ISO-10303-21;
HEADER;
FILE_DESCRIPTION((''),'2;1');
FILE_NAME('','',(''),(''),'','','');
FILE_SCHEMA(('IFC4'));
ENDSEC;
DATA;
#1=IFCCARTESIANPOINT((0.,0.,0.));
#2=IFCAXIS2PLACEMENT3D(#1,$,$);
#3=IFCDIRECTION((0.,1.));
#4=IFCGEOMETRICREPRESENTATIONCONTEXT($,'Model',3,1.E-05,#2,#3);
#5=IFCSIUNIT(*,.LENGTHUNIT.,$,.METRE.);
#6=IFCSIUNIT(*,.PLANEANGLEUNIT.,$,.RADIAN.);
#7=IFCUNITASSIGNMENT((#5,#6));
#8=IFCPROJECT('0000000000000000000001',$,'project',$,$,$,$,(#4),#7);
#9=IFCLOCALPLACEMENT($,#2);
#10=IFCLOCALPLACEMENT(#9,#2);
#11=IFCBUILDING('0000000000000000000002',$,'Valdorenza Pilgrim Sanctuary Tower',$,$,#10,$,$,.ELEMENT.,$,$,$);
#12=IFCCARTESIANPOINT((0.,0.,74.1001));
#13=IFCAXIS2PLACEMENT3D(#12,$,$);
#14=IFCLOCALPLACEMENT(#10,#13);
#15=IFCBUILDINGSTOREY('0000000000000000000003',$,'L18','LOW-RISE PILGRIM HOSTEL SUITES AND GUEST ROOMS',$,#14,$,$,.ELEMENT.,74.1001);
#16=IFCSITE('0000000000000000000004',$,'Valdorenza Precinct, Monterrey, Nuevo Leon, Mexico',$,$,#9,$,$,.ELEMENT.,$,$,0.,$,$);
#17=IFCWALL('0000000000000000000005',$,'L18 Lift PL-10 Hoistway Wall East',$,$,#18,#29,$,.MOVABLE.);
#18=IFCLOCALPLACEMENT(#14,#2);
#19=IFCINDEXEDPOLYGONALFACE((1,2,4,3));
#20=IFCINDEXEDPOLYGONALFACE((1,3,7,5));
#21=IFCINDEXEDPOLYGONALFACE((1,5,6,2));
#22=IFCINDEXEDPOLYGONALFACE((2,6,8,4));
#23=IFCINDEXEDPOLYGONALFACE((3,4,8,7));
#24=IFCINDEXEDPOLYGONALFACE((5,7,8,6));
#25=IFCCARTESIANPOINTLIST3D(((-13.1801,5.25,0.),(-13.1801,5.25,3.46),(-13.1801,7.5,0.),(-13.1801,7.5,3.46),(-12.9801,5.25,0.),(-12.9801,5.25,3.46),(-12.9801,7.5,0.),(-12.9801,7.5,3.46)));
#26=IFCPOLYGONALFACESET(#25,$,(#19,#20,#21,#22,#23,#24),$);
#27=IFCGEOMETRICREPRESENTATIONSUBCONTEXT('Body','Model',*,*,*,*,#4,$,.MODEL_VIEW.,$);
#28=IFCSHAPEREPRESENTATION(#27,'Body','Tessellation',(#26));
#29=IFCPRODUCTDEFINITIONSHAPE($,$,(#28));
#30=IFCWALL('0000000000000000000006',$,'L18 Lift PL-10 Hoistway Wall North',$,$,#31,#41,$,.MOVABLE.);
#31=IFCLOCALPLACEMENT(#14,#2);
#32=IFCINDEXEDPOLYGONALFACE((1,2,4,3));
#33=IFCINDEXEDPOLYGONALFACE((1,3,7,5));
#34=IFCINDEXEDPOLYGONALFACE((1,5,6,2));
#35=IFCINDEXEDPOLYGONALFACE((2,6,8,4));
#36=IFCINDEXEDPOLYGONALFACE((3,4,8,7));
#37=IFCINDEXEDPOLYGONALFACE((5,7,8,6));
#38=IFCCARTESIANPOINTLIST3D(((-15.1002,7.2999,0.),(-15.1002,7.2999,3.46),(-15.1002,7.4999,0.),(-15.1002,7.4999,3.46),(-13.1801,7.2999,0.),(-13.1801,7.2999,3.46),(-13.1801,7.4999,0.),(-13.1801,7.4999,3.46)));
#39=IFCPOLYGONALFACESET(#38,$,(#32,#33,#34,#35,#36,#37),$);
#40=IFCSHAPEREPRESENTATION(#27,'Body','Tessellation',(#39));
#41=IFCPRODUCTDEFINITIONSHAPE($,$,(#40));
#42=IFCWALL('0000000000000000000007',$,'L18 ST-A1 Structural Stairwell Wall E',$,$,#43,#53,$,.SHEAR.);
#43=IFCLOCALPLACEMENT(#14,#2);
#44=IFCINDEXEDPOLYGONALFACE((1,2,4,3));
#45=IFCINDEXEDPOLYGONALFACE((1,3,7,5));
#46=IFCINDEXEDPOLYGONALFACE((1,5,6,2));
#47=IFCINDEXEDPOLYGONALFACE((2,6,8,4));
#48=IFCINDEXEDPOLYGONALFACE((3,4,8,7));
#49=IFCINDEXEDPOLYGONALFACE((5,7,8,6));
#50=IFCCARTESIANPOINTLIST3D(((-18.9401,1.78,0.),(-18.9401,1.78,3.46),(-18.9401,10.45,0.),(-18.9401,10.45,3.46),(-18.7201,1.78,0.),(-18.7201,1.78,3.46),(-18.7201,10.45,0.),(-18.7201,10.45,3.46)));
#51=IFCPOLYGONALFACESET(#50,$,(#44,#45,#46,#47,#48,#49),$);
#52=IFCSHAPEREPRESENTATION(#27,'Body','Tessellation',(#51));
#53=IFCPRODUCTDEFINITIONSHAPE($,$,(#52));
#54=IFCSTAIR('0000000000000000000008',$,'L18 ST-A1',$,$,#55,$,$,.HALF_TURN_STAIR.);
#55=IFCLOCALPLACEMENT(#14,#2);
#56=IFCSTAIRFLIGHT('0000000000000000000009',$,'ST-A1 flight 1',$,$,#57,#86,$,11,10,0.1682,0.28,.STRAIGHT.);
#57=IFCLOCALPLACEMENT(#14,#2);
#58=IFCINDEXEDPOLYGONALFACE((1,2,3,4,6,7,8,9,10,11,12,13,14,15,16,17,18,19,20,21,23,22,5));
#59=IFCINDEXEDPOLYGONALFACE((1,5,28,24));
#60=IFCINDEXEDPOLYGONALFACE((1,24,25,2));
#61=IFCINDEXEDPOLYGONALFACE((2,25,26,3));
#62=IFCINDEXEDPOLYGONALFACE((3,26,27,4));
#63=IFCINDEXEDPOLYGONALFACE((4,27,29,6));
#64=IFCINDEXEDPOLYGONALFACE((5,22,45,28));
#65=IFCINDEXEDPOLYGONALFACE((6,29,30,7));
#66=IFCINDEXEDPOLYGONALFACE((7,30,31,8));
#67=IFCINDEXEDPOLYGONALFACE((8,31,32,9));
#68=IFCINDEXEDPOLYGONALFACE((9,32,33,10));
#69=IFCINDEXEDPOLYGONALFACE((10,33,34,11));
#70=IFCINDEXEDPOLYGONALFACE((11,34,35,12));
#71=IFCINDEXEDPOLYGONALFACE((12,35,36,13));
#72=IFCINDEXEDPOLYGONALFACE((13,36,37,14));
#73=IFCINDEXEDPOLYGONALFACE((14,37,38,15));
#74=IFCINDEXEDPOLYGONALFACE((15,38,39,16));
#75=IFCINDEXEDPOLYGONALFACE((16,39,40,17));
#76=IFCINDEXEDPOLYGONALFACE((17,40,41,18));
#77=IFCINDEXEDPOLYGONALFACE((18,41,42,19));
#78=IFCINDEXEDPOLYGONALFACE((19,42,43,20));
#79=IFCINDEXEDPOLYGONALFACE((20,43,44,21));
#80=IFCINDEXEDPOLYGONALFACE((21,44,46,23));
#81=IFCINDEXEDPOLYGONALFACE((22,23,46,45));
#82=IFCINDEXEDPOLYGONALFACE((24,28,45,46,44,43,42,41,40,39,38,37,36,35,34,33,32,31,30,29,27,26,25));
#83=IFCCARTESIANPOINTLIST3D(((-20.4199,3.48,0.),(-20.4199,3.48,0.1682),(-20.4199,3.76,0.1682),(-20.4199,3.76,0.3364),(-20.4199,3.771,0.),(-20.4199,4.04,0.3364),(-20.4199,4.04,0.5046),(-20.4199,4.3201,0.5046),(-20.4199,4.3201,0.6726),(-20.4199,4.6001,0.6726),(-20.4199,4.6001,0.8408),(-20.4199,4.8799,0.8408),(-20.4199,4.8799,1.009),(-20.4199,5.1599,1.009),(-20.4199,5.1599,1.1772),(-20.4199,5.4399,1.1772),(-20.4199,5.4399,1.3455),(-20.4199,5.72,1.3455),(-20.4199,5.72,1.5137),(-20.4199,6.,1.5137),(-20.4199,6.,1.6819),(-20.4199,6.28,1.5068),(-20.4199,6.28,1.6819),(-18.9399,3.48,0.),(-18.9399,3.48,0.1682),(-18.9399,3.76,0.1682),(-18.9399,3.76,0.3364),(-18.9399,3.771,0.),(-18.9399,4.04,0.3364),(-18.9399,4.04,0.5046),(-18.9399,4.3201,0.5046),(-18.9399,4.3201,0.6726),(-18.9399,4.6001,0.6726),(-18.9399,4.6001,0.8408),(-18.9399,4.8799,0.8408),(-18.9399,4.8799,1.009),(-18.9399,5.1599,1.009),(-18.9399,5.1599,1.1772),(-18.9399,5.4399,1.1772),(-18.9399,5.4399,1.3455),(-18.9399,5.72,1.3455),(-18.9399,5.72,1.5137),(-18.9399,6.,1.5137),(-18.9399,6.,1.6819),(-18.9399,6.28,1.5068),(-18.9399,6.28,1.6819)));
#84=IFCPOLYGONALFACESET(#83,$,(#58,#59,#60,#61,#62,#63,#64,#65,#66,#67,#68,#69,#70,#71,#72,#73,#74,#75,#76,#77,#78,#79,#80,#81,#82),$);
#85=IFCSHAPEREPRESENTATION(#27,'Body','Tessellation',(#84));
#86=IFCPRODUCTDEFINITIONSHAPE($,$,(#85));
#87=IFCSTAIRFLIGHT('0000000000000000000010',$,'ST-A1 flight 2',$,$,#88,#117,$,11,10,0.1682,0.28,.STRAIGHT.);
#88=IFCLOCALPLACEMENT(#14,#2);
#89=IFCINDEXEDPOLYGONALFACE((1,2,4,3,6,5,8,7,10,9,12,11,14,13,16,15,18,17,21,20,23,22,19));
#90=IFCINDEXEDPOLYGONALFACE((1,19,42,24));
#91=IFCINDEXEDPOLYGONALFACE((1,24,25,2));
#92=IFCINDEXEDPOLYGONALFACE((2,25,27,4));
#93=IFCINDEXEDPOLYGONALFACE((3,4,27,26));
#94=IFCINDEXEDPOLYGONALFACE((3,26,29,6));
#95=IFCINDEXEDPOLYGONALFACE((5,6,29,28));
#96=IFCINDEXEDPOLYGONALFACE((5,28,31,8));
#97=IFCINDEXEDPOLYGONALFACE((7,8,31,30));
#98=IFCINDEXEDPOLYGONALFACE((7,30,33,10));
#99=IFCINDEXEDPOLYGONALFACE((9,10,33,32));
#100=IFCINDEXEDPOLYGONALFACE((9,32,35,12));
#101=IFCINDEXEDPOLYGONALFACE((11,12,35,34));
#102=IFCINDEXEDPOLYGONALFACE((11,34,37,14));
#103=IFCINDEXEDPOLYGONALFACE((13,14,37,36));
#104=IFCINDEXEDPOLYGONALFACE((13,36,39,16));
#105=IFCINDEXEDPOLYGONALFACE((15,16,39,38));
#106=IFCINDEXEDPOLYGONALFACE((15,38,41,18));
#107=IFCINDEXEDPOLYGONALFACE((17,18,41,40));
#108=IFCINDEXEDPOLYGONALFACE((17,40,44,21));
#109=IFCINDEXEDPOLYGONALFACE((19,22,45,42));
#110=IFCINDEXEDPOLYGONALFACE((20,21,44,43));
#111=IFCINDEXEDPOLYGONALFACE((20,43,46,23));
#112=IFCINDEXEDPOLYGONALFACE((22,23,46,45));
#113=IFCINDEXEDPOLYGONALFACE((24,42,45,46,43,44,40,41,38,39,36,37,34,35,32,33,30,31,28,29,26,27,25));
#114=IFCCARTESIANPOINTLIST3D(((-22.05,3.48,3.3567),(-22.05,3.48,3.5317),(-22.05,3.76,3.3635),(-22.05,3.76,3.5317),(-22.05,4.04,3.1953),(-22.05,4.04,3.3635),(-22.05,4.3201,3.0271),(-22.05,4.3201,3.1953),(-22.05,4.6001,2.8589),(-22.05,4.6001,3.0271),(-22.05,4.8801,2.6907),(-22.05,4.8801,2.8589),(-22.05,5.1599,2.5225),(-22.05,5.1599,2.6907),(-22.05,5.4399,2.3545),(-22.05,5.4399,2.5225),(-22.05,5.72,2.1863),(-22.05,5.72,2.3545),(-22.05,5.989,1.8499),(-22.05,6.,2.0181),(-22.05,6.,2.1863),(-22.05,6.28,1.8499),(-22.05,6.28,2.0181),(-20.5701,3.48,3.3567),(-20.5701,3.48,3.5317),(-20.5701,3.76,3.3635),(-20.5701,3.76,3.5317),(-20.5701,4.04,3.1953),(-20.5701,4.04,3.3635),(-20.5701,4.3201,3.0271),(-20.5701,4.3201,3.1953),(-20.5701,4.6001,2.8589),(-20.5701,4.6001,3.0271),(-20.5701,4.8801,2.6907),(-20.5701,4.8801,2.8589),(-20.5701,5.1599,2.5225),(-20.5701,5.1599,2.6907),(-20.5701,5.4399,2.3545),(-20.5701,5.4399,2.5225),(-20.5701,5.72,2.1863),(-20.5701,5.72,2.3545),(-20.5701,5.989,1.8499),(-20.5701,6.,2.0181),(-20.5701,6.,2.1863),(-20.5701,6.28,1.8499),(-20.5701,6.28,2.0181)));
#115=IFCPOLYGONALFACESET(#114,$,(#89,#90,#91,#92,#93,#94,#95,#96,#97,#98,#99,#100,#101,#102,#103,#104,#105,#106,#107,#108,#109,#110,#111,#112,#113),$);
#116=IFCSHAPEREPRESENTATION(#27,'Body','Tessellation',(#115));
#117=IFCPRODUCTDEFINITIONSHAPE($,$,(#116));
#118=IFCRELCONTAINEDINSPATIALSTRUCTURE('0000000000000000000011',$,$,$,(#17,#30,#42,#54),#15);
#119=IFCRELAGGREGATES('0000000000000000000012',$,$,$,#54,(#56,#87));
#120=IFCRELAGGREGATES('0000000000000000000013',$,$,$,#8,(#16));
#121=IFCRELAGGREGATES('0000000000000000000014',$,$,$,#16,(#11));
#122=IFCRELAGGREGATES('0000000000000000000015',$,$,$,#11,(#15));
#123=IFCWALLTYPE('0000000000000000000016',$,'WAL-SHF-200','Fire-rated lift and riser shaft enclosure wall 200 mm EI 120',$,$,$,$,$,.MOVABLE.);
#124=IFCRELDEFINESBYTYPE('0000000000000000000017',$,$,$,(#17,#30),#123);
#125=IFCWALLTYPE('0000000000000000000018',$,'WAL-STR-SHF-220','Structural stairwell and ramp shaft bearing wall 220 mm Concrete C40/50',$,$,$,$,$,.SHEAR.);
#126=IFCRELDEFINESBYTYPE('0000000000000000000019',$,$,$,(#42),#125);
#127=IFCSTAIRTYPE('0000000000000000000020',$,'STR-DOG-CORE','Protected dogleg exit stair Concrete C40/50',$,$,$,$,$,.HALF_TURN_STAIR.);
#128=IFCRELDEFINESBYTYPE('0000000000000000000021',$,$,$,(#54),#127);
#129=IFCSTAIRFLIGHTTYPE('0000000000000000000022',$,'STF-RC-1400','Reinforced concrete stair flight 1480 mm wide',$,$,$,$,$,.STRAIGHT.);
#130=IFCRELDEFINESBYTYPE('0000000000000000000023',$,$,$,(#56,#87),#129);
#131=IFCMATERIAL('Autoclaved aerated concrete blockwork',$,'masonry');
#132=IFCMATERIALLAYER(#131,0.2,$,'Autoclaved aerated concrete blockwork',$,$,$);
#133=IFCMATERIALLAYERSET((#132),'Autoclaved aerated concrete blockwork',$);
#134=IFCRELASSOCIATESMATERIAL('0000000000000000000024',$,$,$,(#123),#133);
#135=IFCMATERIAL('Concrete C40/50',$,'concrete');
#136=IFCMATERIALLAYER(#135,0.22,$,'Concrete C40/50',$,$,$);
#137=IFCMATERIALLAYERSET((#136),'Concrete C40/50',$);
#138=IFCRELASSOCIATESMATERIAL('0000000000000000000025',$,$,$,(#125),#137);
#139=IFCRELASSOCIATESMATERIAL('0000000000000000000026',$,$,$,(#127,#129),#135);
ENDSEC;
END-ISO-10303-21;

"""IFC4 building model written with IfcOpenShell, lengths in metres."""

from ifc_helpers import new_model, si_unit, direction, frame, frame_2d, origin, place, context, subcontext, project, spatial, polyline, rectangle, outline, extrude, material, layer, layer_set, type_object, element, aggregate, save


model = new_model("IFC4")

# Units and contexts
model_context = context("Model", 3, precision=1e-05, world=origin(), true_north=direction((0.0, 1.0)))
body_context = subcontext(model_context, "Body", "Model", "MODEL_VIEW")
ifc_project = project(units=[si_unit("LENGTHUNIT", "METRE"), si_unit("PLANEANGLEUNIT", "RADIAN")], contexts=[model_context])

# Site, building, storey
site_placement = place(None, origin())
site = spatial("IfcSite", under=ifc_project, at=site_placement, Name="Valdorenza Precinct, Monterrey, Nuevo Leon, Mexico", CompositionType="ELEMENT", RefElevation=0.0)
building_placement = place(site_placement, origin())
building = spatial("IfcBuilding", under=site, at=building_placement, Name="Valdorenza Pilgrim Sanctuary Tower", CompositionType="ELEMENT")
storey_placement = place(building_placement, frame((0.0, 0.0, 74.1001)))
storey = spatial("IfcBuildingStorey", under=building, at=storey_placement, Name="L18", Description="LOW-RISE PILGRIM HOSTEL SUITES AND GUEST ROOMS", CompositionType="ELEMENT", Elevation=74.1001)

# Shared definitions
ifc_material_1 = material(Name="Autoclaved aerated concrete blockwork", Category="masonry")
ifc_layer_1 = layer(ifc_material_1, 0.2, Name="Autoclaved aerated concrete blockwork")
ifc_layer_set_1 = layer_set([ifc_layer_1], Name="Autoclaved aerated concrete blockwork")
wall_type_1 = type_object("IfcWallType", Name="WAL-SHF-200", Description="Fire-rated lift and riser shaft enclosure wall 200 mm EI 120", PredefinedType="MOVABLE", material=ifc_layer_set_1)

# Walls
for number, where, z_axis, x_axis, name in (
    (1, (-13.0801, 5.25, 0.0), (0.0, 0.0, 1.0), (0.0, 1.0, 0.0), "L18 Lift PL-10 Hoistway Wall East"),
):
    element("IfcWall", number, at=place(storey_placement, frame(where, z_axis=z_axis, x_axis=x_axis)), inside=storey, type_object=wall_type_1, Name=name, PredefinedType="MOVABLE", context=body_context, shape_type="SweptSolid", body=[
        extrude(rectangle(XDim=2.25, YDim=0.2, at=frame_2d((1.125, 0.0))), origin(), (0.0, 0.0, 1.0), 3.46),
    ])
wall_1_placement = place(storey_placement, frame((-15.1001, 7.3999, 0.0), z_axis=(0.0, 0.0, 1.0), x_axis=(1.0, 0.0, 0.0)))
element("IfcWall", 2, at=wall_1_placement, inside=storey, type_object=wall_type_1, Name="L18 Lift PL-10 Hoistway Wall North", PredefinedType="MOVABLE", context=body_context, shape_type="SweptSolid", body=[
    extrude(rectangle(XDim=1.9202, YDim=0.2, at=frame_2d((0.96, 0.0))), origin(), (0.0, 0.0, 1.0), 3.46),
])
ifc_material_2 = material(Name="Concrete C40/50", Category="concrete")
ifc_layer_2 = layer(ifc_material_2, 0.22, Name="Concrete C40/50")
ifc_layer_set_2 = layer_set([ifc_layer_2], Name="Concrete C40/50")
wall_type_2 = type_object("IfcWallType", Name="WAL-STR-SHF-220", Description="Structural stairwell and ramp shaft bearing wall 220 mm Concrete C40/50", PredefinedType="SHEAR", material=ifc_layer_set_2)
wall_2_placement = place(storey_placement, frame((-18.8301, 1.78, 0.0), z_axis=(0.0, 0.0, 1.0), x_axis=(0.0, 1.0, 0.0)))
element("IfcWall", 3, at=wall_2_placement, inside=storey, type_object=wall_type_2, Name="L18 ST-A1 Structural Stairwell Wall E", PredefinedType="SHEAR", context=body_context, shape_type="SweptSolid", body=[
    extrude(rectangle(XDim=8.6699, YDim=0.22, at=frame_2d((4.335, 0.0))), origin(), (0.0, 0.0, 1.0), 3.46),
])

# Stair, stair flights
stair_type = type_object("IfcStairType", Name="STR-DOG-CORE", Description="Protected dogleg exit stair Concrete C40/50", PredefinedType="HALF_TURN_STAIR", material=ifc_material_2)
stair_placement = place(storey_placement, origin())
stair = element("IfcStair", 4, at=stair_placement, inside=storey, type_object=stair_type, Name="L18 ST-A1", PredefinedType="HALF_TURN_STAIR")
stair_flight_type = type_object("IfcStairFlightType", Name="STF-RC-1400", Description="Reinforced concrete stair flight 1480 mm wide", PredefinedType="STRAIGHT", material=ifc_material_2)
stair_flight_1_placement = place(storey_placement, frame((-19.6799, 3.48, 0.0), z_axis=(0.0, 0.0, 1.0), x_axis=(0.0, 1.0, 0.0)))
stair_flight_1 = element("IfcStairFlight", 5, at=stair_flight_1_placement, type_object=stair_flight_type, Name="ST-A1 flight 1", NumberOfRisers=11, NumberOfTreads=10, PredefinedType="STRAIGHT", RiserHeight=0.1682, TreadLength=0.28, context=body_context, shape_type="SweptSolid", body=[
    extrude(outline(polyline([(0.0, 0.0), (0.0, 0.1682), (0.28, 0.1682), (0.28, 0.3364), (0.5601, 0.3364), (0.5601, 0.5046), (0.8401, 0.5046), (0.8401, 0.6726), (1.1201, 0.6726), (1.1201, 0.8408), (1.3999, 0.8408), (1.3999, 1.009), (1.6799, 1.009), (1.6799, 1.1772), (1.96, 1.1772), (1.96, 1.3455), (2.24, 1.3455), (2.24, 1.5137), (2.52, 1.5137), (2.52, 1.6819), (2.8, 1.6819), (2.8, 1.8501), (2.8, 1.5068), (0.291, 0.0), (0.0, 0.0)])), frame((0.0, 0.74, 0.0), z_axis=(0.0, -1.0, 0.0), x_axis=(1.0, 0.0, 0.0)), (0.0, 0.0, 1.0), 1.48),
])
stair_flight_2_placement = place(storey_placement, frame((-21.3101, 6.28, 1.8499), z_axis=(0.0, 0.0, 1.0), x_axis=(0.0, -1.0, 0.0)))
stair_flight_2 = element("IfcStairFlight", 6, at=stair_flight_2_placement, type_object=stair_flight_type, Name="ST-A1 flight 2", NumberOfRisers=11, NumberOfTreads=10, PredefinedType="STRAIGHT", RiserHeight=0.1682, TreadLength=0.28, context=body_context, shape_type="SweptSolid", body=[
    extrude(outline(polyline([(0.0, 0.0), (0.0, 0.1682), (0.28, 0.1682), (0.28, 0.3364), (0.5601, 0.3364), (0.5601, 0.5046), (0.8401, 0.5046), (0.8401, 0.6726), (1.1201, 0.6726), (1.1201, 0.8408), (1.3999, 0.8408), (1.3999, 1.009), (1.6799, 1.009), (1.6799, 1.1772), (1.96, 1.1772), (1.96, 1.3455), (2.24, 1.3455), (2.24, 1.5137), (2.52, 1.5137), (2.52, 1.6819), (2.8, 1.6819), (2.8, 1.8501), (2.8, 1.5068), (0.291, 0.0), (0.0, 0.0)])), frame((0.0, 0.74, 0.0), z_axis=(0.0, -1.0, 0.0), x_axis=(1.0, 0.0, 0.0)), (0.0, 0.0, 1.0), 1.48),
])
aggregate(stair, [stair_flight_1, stair_flight_2])

save(model, "model.ifc")
